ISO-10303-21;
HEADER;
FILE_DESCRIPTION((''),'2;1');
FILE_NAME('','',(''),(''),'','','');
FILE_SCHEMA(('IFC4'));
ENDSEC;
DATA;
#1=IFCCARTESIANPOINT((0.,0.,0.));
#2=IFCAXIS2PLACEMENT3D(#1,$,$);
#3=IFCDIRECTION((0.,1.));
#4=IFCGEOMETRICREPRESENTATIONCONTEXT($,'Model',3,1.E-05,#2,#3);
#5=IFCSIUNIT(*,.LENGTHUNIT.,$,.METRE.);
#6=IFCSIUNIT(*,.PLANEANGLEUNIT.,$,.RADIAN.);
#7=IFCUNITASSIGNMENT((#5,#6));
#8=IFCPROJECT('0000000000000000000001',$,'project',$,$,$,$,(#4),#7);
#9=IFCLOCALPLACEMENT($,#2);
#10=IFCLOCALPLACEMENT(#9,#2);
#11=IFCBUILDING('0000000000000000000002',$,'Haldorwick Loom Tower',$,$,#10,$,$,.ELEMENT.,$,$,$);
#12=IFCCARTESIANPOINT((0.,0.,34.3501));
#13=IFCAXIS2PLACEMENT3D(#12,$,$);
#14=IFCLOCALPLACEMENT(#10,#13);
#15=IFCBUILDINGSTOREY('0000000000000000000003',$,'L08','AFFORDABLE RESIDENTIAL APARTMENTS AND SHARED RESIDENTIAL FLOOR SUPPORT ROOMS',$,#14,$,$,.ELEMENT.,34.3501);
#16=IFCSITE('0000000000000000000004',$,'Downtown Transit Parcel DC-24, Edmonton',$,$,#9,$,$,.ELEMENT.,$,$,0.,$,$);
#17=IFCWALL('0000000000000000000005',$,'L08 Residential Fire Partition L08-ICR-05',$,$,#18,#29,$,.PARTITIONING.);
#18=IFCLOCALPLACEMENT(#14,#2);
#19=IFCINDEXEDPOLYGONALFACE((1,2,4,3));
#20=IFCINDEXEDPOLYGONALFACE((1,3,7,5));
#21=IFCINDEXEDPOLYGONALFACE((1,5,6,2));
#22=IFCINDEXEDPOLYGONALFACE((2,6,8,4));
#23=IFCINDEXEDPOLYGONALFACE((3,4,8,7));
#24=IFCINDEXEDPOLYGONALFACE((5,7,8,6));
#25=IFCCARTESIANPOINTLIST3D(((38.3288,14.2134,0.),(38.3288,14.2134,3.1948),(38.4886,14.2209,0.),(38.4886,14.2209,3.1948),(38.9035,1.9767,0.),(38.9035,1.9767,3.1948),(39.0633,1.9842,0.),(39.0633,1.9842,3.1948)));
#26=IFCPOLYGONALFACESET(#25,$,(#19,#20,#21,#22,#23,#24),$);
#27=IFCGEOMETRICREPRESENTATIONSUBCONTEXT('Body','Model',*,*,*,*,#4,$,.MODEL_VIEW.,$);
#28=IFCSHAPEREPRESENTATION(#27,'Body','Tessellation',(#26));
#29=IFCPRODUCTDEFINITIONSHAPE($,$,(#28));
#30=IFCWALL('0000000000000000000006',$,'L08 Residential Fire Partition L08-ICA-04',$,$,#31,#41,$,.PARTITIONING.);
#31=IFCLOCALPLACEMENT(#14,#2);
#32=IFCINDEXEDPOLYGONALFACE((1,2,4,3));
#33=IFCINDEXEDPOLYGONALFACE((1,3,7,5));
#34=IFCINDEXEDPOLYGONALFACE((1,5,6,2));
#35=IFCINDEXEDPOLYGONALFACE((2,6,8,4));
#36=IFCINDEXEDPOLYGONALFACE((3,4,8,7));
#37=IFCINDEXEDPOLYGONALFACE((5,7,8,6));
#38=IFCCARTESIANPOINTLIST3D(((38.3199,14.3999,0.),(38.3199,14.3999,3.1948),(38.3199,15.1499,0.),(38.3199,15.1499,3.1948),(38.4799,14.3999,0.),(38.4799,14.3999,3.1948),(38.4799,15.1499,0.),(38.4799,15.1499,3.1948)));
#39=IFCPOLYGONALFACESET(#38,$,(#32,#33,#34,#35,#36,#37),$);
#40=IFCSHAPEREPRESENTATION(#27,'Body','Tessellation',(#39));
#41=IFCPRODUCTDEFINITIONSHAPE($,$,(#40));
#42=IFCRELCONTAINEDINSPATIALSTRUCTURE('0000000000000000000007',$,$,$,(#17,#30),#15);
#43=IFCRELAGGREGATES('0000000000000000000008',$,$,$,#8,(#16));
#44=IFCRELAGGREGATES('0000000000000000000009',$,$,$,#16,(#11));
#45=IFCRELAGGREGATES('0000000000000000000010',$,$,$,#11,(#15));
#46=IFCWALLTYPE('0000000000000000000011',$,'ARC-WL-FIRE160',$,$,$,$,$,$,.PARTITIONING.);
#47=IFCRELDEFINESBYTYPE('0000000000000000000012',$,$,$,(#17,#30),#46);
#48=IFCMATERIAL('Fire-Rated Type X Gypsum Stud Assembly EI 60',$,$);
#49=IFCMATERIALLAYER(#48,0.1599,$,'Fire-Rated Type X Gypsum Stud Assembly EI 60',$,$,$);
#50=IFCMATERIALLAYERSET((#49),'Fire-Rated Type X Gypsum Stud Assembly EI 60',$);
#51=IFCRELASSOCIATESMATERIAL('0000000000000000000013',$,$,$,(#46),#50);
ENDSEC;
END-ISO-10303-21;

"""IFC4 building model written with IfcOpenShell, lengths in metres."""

from ifc_helpers import new_model, si_unit, direction, frame, frame_2d, origin, place, context, subcontext, project, spatial, rectangle, extrude, material, layer, layer_set, type_object, element, save


model = new_model("IFC4")

# Units and contexts
model_context = context("Model", 3, precision=1e-05, world=origin(), true_north=direction((0.0, 1.0)))
body_context = subcontext(model_context, "Body", "Model", "MODEL_VIEW")
ifc_project = project(units=[si_unit("LENGTHUNIT", "METRE"), si_unit("PLANEANGLEUNIT", "RADIAN")], contexts=[model_context])

# Site, building, storey
site_placement = place(None, origin())
site = spatial("IfcSite", under=ifc_project, at=site_placement, Name="Downtown Transit Parcel DC-24, Edmonton", CompositionType="ELEMENT", RefElevation=0.0)
building_placement = place(site_placement, origin())
building = spatial("IfcBuilding", under=site, at=building_placement, Name="Haldorwick Loom Tower", CompositionType="ELEMENT")
storey_placement = place(building_placement, frame((0.0, 0.0, 34.3501)))
storey = spatial("IfcBuildingStorey", under=building, at=storey_placement, Name="L08", Description="AFFORDABLE RESIDENTIAL APARTMENTS AND SHARED RESIDENTIAL FLOOR SUPPORT ROOMS", CompositionType="ELEMENT", Elevation=34.3501)

# Walls
ifc_material_1 = material(Name="Fire-Rated Type X Gypsum Stud Assembly EI 60")
ifc_layer_1 = layer(ifc_material_1, 0.1599, Name="Fire-Rated Type X Gypsum Stud Assembly EI 60")
ifc_layer_set_1 = layer_set([ifc_layer_1], Name="Fire-Rated Type X Gypsum Stud Assembly EI 60")
wall_type_1 = type_object("IfcWallType", Name="ARC-WL-FIRE160", PredefinedType="PARTITIONING", material=ifc_layer_set_1)
wall_1_placement = place(storey_placement, frame((38.4087, 14.217, 0.0), z_axis=(0.0, 0.0, 1.0), x_axis=(0.046914, -0.998899, 0.0)))
element("IfcWall", 1, at=wall_1_placement, inside=storey, type_object=wall_type_1, Name="L08 Residential Fire Partition L08-ICR-05", PredefinedType="PARTITIONING", context=body_context, shape_type="SweptSolid", body=[
    extrude(rectangle(XDim=12.2502, YDim=0.1599, at=frame_2d((6.125, 0.0))), origin(), (0.0, 0.0, 1.0), 3.1948),
])
wall_2_placement = place(storey_placement, frame((38.3999, 15.1499, 0.0), z_axis=(0.0, 0.0, 1.0), x_axis=(0.0, -1.0, 0.0)))
element("IfcWall", 2, at=wall_2_placement, inside=storey, type_object=wall_type_1, Name="L08 Residential Fire Partition L08-ICA-04", PredefinedType="PARTITIONING", context=body_context, shape_type="SweptSolid", body=[
    extrude(rectangle(XDim=0.75, YDim=0.1599, at=frame_2d((0.375, 0.0))), origin(), (0.0, 0.0, 1.0), 3.1948),
])

save(model, "model.ifc")
